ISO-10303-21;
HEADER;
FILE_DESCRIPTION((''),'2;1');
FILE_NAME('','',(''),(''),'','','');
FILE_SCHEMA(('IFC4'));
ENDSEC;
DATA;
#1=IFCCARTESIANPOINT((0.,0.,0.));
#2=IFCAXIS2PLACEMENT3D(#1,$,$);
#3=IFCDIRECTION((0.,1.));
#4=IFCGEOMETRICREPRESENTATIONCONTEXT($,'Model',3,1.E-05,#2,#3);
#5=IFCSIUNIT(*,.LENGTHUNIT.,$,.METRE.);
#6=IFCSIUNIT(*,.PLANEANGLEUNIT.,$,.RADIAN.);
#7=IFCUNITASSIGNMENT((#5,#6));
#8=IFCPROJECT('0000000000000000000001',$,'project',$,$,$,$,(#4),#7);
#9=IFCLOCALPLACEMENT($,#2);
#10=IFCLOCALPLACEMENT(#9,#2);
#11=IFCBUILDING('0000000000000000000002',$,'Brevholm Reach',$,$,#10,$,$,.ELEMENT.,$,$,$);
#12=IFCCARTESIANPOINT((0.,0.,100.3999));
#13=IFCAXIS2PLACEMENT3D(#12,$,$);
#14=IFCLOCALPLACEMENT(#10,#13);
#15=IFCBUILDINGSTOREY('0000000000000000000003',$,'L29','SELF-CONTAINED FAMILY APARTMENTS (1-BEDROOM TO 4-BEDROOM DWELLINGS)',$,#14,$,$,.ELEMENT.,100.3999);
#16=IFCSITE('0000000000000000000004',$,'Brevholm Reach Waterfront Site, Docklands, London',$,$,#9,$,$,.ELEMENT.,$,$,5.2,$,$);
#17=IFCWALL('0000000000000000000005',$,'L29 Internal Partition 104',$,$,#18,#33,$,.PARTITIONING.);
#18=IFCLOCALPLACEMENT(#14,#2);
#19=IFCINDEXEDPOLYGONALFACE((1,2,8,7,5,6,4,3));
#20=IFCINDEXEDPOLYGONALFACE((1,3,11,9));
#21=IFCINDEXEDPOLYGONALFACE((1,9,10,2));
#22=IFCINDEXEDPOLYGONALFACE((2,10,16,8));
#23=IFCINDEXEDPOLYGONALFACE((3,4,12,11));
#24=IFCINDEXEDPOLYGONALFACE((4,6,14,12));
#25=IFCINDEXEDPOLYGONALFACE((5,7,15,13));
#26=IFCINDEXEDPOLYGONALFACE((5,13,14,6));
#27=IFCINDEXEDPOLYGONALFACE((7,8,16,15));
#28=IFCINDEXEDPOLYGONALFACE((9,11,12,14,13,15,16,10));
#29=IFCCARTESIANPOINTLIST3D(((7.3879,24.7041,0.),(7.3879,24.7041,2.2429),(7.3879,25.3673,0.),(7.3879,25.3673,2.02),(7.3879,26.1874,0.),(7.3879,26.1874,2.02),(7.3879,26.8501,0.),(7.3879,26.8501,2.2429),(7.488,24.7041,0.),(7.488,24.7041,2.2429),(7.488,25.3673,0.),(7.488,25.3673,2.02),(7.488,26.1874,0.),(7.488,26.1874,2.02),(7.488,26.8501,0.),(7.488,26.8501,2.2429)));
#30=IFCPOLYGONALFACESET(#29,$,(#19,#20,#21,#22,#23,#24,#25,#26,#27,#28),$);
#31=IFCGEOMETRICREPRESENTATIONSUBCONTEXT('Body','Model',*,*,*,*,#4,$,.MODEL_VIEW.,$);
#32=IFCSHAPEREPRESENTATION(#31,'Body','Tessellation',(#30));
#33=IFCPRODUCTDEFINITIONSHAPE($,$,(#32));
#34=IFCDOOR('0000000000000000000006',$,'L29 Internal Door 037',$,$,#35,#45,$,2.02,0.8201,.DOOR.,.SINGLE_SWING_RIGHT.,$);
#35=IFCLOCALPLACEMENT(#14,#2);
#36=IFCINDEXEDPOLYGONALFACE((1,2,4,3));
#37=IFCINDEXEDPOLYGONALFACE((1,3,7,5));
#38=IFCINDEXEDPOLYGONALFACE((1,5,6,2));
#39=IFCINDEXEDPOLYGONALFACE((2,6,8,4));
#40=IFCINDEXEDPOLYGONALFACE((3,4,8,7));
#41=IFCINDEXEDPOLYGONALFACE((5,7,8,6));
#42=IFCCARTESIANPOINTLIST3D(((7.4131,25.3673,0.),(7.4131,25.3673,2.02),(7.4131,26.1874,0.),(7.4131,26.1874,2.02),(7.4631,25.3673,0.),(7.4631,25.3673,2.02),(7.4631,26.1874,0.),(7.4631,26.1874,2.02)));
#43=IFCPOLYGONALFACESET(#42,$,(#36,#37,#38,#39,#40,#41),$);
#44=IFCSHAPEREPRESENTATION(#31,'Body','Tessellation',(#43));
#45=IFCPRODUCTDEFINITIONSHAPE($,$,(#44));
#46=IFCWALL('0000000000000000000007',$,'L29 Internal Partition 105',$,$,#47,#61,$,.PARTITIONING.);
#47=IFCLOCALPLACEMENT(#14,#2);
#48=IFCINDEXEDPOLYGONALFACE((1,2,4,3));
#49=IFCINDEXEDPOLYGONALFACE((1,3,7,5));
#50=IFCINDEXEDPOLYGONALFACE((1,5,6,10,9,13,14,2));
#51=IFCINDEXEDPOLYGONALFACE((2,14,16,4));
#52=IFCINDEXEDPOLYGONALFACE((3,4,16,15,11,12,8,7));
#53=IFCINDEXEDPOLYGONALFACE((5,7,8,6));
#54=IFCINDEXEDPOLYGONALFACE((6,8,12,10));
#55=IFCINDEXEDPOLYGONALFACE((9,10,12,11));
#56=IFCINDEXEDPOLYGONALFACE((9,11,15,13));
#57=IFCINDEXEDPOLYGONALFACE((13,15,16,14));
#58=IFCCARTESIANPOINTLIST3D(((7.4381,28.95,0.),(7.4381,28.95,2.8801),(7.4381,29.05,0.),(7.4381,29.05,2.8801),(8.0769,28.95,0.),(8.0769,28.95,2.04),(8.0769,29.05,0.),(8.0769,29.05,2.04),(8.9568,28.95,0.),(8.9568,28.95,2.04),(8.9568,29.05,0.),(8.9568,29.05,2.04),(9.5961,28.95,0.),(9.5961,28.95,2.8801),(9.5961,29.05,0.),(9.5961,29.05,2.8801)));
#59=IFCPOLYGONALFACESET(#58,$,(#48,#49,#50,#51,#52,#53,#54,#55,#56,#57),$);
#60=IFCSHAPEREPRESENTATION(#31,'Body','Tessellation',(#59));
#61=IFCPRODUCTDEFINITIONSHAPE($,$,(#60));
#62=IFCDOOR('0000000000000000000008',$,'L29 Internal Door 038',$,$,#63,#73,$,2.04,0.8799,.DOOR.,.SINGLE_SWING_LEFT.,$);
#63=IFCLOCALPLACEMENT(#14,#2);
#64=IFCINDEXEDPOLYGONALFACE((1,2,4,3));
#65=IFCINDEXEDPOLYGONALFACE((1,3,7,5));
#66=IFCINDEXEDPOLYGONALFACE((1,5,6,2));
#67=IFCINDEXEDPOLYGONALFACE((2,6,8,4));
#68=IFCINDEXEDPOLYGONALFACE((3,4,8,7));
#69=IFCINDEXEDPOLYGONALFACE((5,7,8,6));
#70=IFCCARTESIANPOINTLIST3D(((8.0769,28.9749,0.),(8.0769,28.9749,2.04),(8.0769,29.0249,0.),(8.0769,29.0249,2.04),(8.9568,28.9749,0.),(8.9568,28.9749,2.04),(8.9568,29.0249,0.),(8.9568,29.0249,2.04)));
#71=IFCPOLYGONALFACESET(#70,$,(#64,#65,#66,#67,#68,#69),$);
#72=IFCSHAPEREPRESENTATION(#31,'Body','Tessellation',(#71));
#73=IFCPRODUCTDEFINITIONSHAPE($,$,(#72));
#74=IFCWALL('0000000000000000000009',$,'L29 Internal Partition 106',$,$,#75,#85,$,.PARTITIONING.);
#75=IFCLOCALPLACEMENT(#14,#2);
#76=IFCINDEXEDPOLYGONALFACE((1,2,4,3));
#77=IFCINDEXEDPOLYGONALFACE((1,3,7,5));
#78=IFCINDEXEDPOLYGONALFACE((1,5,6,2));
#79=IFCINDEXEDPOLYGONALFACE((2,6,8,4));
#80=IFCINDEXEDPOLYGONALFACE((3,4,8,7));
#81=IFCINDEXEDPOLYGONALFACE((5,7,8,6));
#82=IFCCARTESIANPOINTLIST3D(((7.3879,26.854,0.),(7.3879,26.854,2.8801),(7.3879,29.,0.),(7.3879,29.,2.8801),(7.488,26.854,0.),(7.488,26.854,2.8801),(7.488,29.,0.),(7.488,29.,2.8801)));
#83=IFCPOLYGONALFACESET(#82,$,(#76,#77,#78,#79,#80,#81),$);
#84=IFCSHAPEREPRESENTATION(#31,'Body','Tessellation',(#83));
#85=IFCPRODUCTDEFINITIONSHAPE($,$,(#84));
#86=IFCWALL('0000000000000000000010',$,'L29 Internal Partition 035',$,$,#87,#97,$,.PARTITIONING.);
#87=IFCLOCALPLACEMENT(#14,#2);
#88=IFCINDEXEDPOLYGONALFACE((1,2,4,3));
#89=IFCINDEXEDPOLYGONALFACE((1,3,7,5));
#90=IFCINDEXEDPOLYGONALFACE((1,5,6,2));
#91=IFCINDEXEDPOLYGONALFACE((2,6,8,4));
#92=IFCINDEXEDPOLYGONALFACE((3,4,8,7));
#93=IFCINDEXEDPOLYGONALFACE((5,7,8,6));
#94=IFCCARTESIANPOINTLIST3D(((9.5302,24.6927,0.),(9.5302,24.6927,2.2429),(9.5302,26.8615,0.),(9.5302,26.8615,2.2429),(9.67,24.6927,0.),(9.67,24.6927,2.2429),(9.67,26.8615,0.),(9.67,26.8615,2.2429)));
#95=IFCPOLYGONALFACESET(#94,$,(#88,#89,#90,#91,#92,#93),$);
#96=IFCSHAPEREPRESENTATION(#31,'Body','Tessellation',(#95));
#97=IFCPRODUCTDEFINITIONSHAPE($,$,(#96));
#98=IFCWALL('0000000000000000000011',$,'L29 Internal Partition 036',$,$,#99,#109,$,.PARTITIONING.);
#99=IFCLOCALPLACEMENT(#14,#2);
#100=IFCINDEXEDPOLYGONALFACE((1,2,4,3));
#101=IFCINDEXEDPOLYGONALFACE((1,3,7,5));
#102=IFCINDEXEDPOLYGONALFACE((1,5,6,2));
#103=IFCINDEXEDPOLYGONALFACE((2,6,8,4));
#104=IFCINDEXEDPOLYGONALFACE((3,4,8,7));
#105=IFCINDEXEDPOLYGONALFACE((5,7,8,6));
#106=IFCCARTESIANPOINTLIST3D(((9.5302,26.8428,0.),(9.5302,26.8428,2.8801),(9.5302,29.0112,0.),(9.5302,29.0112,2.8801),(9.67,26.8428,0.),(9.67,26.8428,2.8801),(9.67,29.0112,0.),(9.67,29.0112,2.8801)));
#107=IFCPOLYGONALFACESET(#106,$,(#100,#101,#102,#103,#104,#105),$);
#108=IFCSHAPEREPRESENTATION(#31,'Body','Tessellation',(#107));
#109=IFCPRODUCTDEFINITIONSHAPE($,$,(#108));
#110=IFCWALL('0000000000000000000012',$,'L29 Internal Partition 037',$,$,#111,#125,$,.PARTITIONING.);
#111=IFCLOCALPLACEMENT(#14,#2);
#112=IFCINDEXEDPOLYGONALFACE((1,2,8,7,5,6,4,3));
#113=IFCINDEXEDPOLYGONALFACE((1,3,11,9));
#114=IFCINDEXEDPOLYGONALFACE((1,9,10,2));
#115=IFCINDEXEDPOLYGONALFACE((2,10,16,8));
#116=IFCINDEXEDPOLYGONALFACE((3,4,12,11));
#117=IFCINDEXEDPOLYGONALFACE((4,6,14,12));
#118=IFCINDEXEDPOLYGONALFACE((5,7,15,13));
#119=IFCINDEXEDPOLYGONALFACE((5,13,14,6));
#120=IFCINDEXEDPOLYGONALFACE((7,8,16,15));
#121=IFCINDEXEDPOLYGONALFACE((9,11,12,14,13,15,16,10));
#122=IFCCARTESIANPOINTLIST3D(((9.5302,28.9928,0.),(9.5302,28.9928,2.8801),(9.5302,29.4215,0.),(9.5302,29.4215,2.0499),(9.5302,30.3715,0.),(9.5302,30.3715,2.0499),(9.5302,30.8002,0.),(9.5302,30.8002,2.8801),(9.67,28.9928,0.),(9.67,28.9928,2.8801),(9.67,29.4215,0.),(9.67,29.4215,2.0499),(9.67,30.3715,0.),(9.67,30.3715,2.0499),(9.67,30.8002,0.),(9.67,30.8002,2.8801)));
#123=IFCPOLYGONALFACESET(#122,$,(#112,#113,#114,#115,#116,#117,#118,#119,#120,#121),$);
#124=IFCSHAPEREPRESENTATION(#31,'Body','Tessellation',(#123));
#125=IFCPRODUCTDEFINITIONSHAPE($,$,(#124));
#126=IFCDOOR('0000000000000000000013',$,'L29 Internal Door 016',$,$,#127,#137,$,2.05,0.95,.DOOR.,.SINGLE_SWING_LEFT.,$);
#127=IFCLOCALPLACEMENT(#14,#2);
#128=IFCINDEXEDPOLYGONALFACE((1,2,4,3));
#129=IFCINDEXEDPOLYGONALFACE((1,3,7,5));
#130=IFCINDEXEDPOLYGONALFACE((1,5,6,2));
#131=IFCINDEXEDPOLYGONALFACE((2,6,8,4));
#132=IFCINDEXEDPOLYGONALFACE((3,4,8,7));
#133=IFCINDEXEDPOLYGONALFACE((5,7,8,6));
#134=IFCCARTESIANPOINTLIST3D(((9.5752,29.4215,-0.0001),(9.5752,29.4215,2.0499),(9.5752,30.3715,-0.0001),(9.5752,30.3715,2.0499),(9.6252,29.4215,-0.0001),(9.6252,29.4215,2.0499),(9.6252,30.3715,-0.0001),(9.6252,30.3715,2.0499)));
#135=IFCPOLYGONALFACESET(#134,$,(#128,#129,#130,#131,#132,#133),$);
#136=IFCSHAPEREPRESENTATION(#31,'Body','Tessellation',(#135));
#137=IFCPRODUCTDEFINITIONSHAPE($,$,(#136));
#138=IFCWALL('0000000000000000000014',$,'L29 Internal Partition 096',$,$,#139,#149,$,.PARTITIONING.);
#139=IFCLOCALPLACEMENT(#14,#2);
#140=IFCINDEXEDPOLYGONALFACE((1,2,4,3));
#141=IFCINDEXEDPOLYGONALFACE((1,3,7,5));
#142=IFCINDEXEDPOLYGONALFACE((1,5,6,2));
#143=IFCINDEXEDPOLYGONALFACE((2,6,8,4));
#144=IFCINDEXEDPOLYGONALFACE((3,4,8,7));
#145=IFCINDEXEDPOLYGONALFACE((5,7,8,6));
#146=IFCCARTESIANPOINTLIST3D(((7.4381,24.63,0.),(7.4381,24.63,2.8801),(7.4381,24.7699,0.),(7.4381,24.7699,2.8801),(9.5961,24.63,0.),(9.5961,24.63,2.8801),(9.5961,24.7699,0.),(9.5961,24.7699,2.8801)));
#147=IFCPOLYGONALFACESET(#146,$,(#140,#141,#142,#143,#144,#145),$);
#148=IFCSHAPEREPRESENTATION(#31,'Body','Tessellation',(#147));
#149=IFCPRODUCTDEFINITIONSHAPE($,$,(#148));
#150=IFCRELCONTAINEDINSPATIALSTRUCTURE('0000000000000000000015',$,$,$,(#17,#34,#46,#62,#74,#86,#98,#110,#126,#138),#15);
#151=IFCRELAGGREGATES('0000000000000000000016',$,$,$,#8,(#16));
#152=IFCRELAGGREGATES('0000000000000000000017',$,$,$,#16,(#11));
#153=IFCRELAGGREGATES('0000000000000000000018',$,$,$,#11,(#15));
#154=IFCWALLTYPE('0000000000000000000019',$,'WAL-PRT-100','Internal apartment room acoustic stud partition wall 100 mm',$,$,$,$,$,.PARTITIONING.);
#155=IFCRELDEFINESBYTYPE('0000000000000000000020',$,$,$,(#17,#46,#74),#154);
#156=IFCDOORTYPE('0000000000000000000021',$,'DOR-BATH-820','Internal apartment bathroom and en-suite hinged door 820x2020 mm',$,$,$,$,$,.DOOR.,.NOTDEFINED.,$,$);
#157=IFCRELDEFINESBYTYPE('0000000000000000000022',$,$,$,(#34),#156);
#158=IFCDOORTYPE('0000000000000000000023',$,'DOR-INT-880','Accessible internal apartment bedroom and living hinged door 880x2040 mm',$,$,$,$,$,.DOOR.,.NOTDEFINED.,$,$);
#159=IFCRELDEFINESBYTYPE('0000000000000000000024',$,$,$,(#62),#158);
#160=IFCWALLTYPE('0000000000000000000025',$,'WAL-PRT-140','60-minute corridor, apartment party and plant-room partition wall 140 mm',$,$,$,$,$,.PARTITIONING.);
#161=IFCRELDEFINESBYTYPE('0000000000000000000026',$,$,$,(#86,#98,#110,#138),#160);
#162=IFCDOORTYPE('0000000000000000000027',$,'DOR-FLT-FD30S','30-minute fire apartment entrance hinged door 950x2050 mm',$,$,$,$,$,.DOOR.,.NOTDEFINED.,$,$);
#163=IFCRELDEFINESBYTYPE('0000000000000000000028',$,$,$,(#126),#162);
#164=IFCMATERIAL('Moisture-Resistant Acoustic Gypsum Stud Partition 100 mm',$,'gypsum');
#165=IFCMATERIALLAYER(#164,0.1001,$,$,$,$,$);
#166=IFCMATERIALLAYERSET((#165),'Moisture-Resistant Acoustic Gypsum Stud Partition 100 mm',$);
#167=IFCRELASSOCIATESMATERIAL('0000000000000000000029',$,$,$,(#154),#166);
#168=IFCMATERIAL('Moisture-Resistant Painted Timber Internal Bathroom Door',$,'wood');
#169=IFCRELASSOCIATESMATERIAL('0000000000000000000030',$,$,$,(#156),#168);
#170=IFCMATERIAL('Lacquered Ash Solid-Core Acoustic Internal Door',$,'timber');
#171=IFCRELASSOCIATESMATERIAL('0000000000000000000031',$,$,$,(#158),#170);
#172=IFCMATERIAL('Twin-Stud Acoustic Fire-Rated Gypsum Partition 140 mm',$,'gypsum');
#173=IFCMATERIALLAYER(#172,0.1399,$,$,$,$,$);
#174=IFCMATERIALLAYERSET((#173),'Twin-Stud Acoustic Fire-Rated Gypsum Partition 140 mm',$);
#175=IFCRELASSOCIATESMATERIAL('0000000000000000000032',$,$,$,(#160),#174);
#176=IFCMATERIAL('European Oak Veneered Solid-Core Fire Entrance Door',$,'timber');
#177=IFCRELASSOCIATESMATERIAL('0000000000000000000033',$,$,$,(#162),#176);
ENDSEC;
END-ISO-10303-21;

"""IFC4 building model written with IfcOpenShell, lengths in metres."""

from ifc_helpers import new_model, si_unit, direction, frame, frame_2d, origin, place, context, subcontext, project, spatial, rectangle, extrude, material, layer, layer_set, type_object, element, fill, save


model = new_model("IFC4")

# Units and contexts
model_context = context("Model", 3, precision=1e-05, world=origin(), true_north=direction((0.0, 1.0)))
body_context = subcontext(model_context, "Body", "Model", "MODEL_VIEW")
ifc_project = project(units=[si_unit("LENGTHUNIT", "METRE"), si_unit("PLANEANGLEUNIT", "RADIAN")], contexts=[model_context])

# Site, building, storey
site_placement = place(None, origin())
site = spatial("IfcSite", under=ifc_project, at=site_placement, Name="Brevholm Reach Waterfront Site, Docklands, London", CompositionType="ELEMENT", RefElevation=5.2)
building_placement = place(site_placement, origin())
building = spatial("IfcBuilding", under=site, at=building_placement, Name="Brevholm Reach", CompositionType="ELEMENT")
storey_placement = place(building_placement, frame((0.0, 0.0, 100.3999)))
storey = spatial("IfcBuildingStorey", under=building, at=storey_placement, Name="L29", Description="SELF-CONTAINED FAMILY APARTMENTS (1-BEDROOM TO 4-BEDROOM DWELLINGS)", CompositionType="ELEMENT", Elevation=100.3999)

# Shared definitions
ifc_material_1 = material(Name="Moisture-Resistant Acoustic Gypsum Stud Partition 100 mm", Category="gypsum")
ifc_layer_1 = layer(ifc_material_1, 0.1001)
ifc_layer_set_1 = layer_set([ifc_layer_1], Name="Moisture-Resistant Acoustic Gypsum Stud Partition 100 mm")
wall_type_1 = type_object("IfcWallType", Name="WAL-PRT-100", Description="Internal apartment room acoustic stud partition wall 100 mm", PredefinedType="PARTITIONING", material=ifc_layer_set_1)

# Walls, openings, doors
wall_1_placement = place(storey_placement, frame((7.438, 24.7041, 0.0), z_axis=(0.0, 0.0, 1.0), x_axis=(0.0, 1.0, 0.0)))
wall_1 = element("IfcWall", 1, at=wall_1_placement, inside=storey, type_object=wall_type_1, Name="L29 Internal Partition 104", PredefinedType="PARTITIONING", context=body_context, shape_type="SweptSolid", body=[
    extrude(rectangle(XDim=2.146, YDim=0.1001, at=frame_2d((1.073, 0.0))), origin(), (0.0, 0.0, 1.0), 2.2429),
])
opening_1_placement = place(wall_1_placement, frame((0.6631, 0.0, 0.0)))
opening_1 = element("IfcOpeningElement", 2, at=opening_1_placement, cuts=wall_1, PredefinedType="OPENING", context=body_context, shape_type="SweptSolid", body=[
    extrude(rectangle(XDim=0.8201, YDim=2.02, at=frame_2d((0.4102, 1.01))), frame((0.0, 0.0601, 0.0), z_axis=(0.0, -1.0, 0.0), x_axis=(1.0, 0.0, 0.0)), (0.0, 0.0, 1.0), 0.1201),
])
ifc_material_2 = material(Name="Moisture-Resistant Painted Timber Internal Bathroom Door", Category="wood")
door_type_1 = type_object("IfcDoorType", Name="DOR-BATH-820", Description="Internal apartment bathroom and en-suite hinged door 820x2020 mm", OperationType="NOTDEFINED", PredefinedType="DOOR", material=ifc_material_2)
door_1_placement = place(opening_1_placement, origin())
door_1 = element("IfcDoor", 3, at=door_1_placement, inside=storey, type_object=door_type_1, Name="L29 Internal Door 037", OperationType="SINGLE_SWING_RIGHT", OverallHeight=2.02, OverallWidth=0.8201, PredefinedType="DOOR", context=body_context, shape_type="SweptSolid", body=[
    extrude(rectangle(XDim=0.8201, YDim=2.02, at=frame_2d((0.4102, 1.01))), frame((0.0, 0.0249, 0.0), z_axis=(0.0, -1.0, 0.0), x_axis=(1.0, 0.0, 0.0)), (0.0, 0.0, 1.0), 0.05),
])
fill(opening_1, door_1)
wall_2_placement = place(storey_placement, frame((7.438, 29.0, 0.0), z_axis=(0.0, 0.0, 1.0), x_axis=(1.0, 0.0, 0.0)))
wall_2 = element("IfcWall", 4, at=wall_2_placement, inside=storey, type_object=wall_type_1, Name="L29 Internal Partition 105", PredefinedType="PARTITIONING", context=body_context, shape_type="SweptSolid", body=[
    extrude(rectangle(XDim=2.158, YDim=0.1001, at=frame_2d((1.0791, 0.0))), origin(), (0.0, 0.0, 1.0), 2.8801),
])
opening_2_placement = place(wall_2_placement, frame((0.6389, 0.0, 0.0)))
opening_2 = element("IfcOpeningElement", 5, at=opening_2_placement, cuts=wall_2, PredefinedType="OPENING", context=body_context, shape_type="SweptSolid", body=[
    extrude(rectangle(XDim=0.8799, YDim=2.04, at=frame_2d((0.4399, 1.02))), frame((0.0, 0.0601, 0.0), z_axis=(0.0, -1.0, 0.0), x_axis=(1.0, 0.0, 0.0)), (0.0, 0.0, 1.0), 0.1201),
])
ifc_material_3 = material(Name="Lacquered Ash Solid-Core Acoustic Internal Door", Category="timber")
door_type_2 = type_object("IfcDoorType", Name="DOR-INT-880", Description="Accessible internal apartment bedroom and living hinged door 880x2040 mm", OperationType="NOTDEFINED", PredefinedType="DOOR", material=ifc_material_3)
door_2_placement = place(opening_2_placement, origin())
door_2 = element("IfcDoor", 6, at=door_2_placement, inside=storey, type_object=door_type_2, Name="L29 Internal Door 038", OperationType="SINGLE_SWING_LEFT", OverallHeight=2.04, OverallWidth=0.8799, PredefinedType="DOOR", context=body_context, shape_type="SweptSolid", body=[
    extrude(rectangle(XDim=0.8799, YDim=2.04, at=frame_2d((0.4399, 1.02))), frame((0.0, 0.0249, 0.0), z_axis=(0.0, -1.0, 0.0), x_axis=(1.0, 0.0, 0.0)), (0.0, 0.0, 1.0), 0.05),
])
fill(opening_2, door_2)

# Walls
wall_3_placement = place(storey_placement, frame((7.438, 26.854, 0.0), z_axis=(0.0, 0.0, 1.0), x_axis=(0.0, 1.0, 0.0)))
element("IfcWall", 7, at=wall_3_placement, inside=storey, type_object=wall_type_1, Name="L29 Internal Partition 106", PredefinedType="PARTITIONING", context=body_context, shape_type="SweptSolid", body=[
    extrude(rectangle(XDim=2.146, YDim=0.1001, at=frame_2d((1.073, 0.0))), origin(), (0.0, 0.0, 1.0), 2.8801),
])
ifc_material_4 = material(Name="Twin-Stud Acoustic Fire-Rated Gypsum Partition 140 mm", Category="gypsum")
ifc_layer_2 = layer(ifc_material_4, 0.1399)
ifc_layer_set_2 = layer_set([ifc_layer_2], Name="Twin-Stud Acoustic Fire-Rated Gypsum Partition 140 mm")
wall_type_2 = type_object("IfcWallType", Name="WAL-PRT-140", Description="60-minute corridor, apartment party and plant-room partition wall 140 mm", PredefinedType="PARTITIONING", material=ifc_layer_set_2)
wall_4_placement = place(storey_placement, frame((9.6001, 24.6926, 0.0), z_axis=(0.0, 0.0, 1.0), x_axis=(0.0, 1.0, 0.0)))
element("IfcWall", 8, at=wall_4_placement, inside=storey, type_object=wall_type_2, Name="L29 Internal Partition 035", PredefinedType="PARTITIONING", context=body_context, shape_type="SweptSolid", body=[
    extrude(rectangle(XDim=2.1687, YDim=0.1399, at=frame_2d((1.0845, 0.0))), origin(), (0.0, 0.0, 1.0), 2.2429),
])
wall_5_placement = place(storey_placement, frame((9.6001, 26.8428, 0.0), z_axis=(0.0, 0.0, 1.0), x_axis=(0.0, 1.0, 0.0)))
element("IfcWall", 9, at=wall_5_placement, inside=storey, type_object=wall_type_2, Name="L29 Internal Partition 036", PredefinedType="PARTITIONING", context=body_context, shape_type="SweptSolid", body=[
    extrude(rectangle(XDim=2.1685, YDim=0.1399, at=frame_2d((1.0842, 0.0))), origin(), (0.0, 0.0, 1.0), 2.8801),
])

# Wall, opening, door
wall_6_placement = place(storey_placement, frame((9.6001, 28.9927, 0.0), z_axis=(0.0, 0.0, 1.0), x_axis=(0.0, 1.0, 0.0)))
wall_6 = element("IfcWall", 10, at=wall_6_placement, inside=storey, type_object=wall_type_2, Name="L29 Internal Partition 037", PredefinedType="PARTITIONING", context=body_context, shape_type="SweptSolid", body=[
    extrude(rectangle(XDim=1.8074, YDim=0.1399, at=frame_2d((0.9038, 0.0))), origin(), (0.0, 0.0, 1.0), 2.8801),
])
opening_3_placement = place(wall_6_placement, frame((0.4287, 0.0, 0.0)))
opening_3 = element("IfcOpeningElement", 11, at=opening_3_placement, cuts=wall_6, PredefinedType="OPENING", context=body_context, shape_type="SweptSolid", body=[
    extrude(rectangle(XDim=0.95, YDim=2.05, at=frame_2d((0.4751, 1.0249))), frame((0.0, 0.0798, 0.0), z_axis=(0.0, -1.0, 0.0), x_axis=(1.0, 0.0, 0.0)), (0.0, 0.0, 1.0), 0.1599),
])
ifc_material_5 = material(Name="European Oak Veneered Solid-Core Fire Entrance Door", Category="timber")
door_type_3 = type_object("IfcDoorType", Name="DOR-FLT-FD30S", Description="30-minute fire apartment entrance hinged door 950x2050 mm", OperationType="NOTDEFINED", PredefinedType="DOOR", material=ifc_material_5)
door_3_placement = place(opening_3_placement, origin())
door_3 = element("IfcDoor", 12, at=door_3_placement, inside=storey, type_object=door_type_3, Name="L29 Internal Door 016", OperationType="SINGLE_SWING_LEFT", OverallHeight=2.05, OverallWidth=0.95, PredefinedType="DOOR", context=body_context, shape_type="SweptSolid", body=[
    extrude(rectangle(XDim=0.95, YDim=2.05, at=frame_2d((0.4751, 1.0249))), frame((0.0, 0.0249, 0.0), z_axis=(0.0, -1.0, 0.0), x_axis=(1.0, 0.0, 0.0)), (0.0, 0.0, 1.0), 0.05),
])
fill(opening_3, door_3)

# Wall
wall_7_placement = place(storey_placement, frame((7.438, 24.7, 0.0), z_axis=(0.0, 0.0, 1.0), x_axis=(1.0, 0.0, 0.0)))
element("IfcWall", 13, at=wall_7_placement, inside=storey, type_object=wall_type_2, Name="L29 Internal Partition 096", PredefinedType="PARTITIONING", context=body_context, shape_type="SweptSolid", body=[
    extrude(rectangle(XDim=2.158, YDim=0.1399, at=frame_2d((1.0791, 0.0))), origin(), (0.0, 0.0, 1.0), 2.8801),
])

save(model, "model.ifc")
